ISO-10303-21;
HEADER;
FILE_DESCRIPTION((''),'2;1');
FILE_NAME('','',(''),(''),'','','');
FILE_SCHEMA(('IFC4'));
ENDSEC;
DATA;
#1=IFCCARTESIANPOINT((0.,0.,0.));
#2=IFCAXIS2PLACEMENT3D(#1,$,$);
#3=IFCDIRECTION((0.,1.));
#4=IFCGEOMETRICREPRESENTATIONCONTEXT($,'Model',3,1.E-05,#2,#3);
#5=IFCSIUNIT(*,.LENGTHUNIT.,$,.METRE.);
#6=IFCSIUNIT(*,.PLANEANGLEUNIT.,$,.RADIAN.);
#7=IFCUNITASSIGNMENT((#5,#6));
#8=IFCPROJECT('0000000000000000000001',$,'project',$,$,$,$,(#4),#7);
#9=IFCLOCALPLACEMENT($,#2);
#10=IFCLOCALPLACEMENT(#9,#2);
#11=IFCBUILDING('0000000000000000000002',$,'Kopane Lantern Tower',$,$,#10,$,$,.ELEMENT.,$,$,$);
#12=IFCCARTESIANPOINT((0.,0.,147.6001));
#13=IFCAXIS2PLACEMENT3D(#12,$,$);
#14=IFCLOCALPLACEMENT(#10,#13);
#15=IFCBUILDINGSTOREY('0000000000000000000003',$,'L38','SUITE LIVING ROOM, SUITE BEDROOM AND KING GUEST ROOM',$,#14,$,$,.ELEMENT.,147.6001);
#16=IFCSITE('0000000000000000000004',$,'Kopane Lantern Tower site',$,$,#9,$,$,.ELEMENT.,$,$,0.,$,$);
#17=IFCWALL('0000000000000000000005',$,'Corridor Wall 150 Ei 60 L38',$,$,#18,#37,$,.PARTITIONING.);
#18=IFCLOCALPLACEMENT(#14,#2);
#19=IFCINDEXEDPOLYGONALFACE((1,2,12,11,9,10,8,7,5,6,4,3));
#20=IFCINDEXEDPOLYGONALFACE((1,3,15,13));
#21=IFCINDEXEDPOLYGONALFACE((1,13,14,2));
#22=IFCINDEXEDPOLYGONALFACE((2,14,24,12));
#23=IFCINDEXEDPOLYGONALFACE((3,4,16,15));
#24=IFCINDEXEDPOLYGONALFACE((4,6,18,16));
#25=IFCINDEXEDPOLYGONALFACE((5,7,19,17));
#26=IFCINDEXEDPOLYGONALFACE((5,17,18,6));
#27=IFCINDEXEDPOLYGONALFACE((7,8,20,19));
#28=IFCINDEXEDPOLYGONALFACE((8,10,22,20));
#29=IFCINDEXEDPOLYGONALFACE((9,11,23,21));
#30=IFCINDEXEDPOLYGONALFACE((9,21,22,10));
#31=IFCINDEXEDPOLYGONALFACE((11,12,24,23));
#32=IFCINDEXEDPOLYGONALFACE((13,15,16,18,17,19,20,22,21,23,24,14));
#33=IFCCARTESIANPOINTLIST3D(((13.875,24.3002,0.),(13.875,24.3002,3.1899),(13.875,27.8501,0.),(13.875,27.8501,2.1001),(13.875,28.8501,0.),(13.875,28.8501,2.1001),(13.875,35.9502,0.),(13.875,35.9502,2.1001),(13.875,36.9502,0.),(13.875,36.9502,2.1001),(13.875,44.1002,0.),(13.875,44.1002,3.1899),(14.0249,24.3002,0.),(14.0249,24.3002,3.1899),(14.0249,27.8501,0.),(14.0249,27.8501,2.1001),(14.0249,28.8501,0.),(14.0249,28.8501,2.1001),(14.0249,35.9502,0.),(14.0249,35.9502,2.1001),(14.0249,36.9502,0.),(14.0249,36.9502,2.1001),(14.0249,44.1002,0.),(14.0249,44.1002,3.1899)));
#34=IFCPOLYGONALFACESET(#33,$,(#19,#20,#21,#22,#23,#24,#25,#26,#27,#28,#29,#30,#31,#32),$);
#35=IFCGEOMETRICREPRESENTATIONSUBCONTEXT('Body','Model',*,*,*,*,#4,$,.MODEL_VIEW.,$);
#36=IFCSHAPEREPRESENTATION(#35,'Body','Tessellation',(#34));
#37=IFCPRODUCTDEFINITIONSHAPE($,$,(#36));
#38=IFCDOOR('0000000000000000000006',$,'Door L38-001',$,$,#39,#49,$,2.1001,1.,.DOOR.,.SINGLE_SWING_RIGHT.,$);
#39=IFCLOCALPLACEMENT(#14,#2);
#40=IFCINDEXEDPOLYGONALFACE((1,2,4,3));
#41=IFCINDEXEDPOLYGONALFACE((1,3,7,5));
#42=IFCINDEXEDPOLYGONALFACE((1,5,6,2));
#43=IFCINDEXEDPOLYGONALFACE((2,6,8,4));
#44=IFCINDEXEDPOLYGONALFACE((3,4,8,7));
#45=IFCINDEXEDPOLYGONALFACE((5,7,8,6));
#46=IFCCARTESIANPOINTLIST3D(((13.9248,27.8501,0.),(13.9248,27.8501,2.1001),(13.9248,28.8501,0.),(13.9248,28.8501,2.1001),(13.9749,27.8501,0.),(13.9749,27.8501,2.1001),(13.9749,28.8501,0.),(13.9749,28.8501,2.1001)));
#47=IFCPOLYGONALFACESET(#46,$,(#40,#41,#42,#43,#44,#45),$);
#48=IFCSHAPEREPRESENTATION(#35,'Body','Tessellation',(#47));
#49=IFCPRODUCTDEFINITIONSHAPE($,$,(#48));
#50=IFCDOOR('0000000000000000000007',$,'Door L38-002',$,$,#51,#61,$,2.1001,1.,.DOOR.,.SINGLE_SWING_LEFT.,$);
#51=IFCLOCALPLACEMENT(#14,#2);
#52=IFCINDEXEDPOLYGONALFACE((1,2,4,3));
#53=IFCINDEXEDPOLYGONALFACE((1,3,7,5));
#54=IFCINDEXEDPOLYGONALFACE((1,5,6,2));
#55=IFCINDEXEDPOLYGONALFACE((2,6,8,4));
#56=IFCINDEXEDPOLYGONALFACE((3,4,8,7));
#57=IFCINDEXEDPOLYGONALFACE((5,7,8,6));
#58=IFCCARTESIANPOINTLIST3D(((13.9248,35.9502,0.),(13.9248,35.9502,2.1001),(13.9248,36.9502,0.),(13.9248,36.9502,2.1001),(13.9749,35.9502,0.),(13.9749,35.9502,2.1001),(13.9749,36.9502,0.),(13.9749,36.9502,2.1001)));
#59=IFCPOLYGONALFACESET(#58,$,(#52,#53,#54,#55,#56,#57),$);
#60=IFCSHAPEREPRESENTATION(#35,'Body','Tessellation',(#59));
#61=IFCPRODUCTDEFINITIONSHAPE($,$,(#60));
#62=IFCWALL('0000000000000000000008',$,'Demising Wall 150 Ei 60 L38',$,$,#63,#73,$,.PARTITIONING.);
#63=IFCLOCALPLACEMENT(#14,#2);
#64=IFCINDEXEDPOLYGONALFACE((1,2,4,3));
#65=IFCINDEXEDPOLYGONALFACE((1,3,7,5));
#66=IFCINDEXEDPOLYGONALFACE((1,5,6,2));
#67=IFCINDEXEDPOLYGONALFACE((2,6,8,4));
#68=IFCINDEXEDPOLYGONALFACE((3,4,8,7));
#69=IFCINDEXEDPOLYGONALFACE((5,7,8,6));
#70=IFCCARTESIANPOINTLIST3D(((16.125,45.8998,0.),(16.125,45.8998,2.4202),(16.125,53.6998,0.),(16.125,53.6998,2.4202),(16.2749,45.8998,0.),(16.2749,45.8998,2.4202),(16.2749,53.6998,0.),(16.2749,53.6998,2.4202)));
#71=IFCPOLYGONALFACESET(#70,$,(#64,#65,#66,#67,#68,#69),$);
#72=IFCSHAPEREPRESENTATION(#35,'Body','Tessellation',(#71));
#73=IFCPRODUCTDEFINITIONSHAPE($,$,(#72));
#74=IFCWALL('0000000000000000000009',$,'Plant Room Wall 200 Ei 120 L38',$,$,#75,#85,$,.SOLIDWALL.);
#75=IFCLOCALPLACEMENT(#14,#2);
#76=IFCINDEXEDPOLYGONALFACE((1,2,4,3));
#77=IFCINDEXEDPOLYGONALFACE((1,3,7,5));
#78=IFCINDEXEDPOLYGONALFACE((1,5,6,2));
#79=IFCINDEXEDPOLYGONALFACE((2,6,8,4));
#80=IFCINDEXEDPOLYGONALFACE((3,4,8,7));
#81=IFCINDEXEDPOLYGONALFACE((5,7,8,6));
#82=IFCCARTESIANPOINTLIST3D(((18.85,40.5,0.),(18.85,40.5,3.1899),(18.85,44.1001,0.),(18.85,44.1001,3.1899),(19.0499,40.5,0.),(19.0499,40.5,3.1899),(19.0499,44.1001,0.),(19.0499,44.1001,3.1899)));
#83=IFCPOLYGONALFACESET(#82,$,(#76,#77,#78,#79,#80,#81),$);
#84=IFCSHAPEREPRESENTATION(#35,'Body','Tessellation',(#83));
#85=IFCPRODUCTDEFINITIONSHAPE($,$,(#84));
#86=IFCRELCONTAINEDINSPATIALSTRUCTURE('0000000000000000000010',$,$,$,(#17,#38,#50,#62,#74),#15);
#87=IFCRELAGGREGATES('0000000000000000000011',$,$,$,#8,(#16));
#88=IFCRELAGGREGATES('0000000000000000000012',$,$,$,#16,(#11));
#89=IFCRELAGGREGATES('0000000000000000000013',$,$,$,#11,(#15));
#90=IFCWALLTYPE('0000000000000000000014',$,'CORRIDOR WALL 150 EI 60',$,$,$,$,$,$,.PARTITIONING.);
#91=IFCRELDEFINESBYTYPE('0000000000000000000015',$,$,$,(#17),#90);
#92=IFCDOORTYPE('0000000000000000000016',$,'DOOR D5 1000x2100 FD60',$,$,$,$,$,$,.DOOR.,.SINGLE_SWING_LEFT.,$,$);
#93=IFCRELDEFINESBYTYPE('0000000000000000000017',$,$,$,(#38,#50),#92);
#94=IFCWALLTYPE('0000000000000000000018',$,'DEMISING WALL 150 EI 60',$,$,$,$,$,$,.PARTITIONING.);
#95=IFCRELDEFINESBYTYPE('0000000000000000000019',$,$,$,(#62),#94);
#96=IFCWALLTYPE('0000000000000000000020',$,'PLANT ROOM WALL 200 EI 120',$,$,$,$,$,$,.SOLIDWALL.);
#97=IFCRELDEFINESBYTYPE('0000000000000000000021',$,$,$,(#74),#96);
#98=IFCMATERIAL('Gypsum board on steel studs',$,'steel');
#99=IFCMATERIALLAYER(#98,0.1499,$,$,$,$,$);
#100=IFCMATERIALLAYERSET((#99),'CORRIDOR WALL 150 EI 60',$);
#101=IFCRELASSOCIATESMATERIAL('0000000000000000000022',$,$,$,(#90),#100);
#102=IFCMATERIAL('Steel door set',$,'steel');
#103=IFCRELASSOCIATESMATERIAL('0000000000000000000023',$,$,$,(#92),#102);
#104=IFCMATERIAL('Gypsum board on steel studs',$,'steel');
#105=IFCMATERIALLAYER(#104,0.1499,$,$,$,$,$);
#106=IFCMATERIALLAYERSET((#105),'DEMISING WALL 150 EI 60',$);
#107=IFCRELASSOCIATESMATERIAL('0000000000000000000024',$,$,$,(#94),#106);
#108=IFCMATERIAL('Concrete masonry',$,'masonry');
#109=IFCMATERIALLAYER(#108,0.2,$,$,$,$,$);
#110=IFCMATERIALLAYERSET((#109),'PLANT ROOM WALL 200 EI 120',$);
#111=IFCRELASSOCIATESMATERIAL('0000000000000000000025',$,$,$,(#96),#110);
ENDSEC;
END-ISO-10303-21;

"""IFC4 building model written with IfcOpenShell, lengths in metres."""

from ifc_helpers import new_model, si_unit, direction, frame, frame_2d, origin, place, context, subcontext, project, spatial, rectangle, extrude, material, layer, layer_set, type_object, element, fill, save


model = new_model("IFC4")

# Units and contexts
model_context = context("Model", 3, precision=1e-05, world=origin(), true_north=direction((0.0, 1.0)))
body_context = subcontext(model_context, "Body", "Model", "MODEL_VIEW")
ifc_project = project(units=[si_unit("LENGTHUNIT", "METRE"), si_unit("PLANEANGLEUNIT", "RADIAN")], contexts=[model_context])

# Site, building, storey
site_placement = place(None, origin())
site = spatial("IfcSite", under=ifc_project, at=site_placement, Name="Kopane Lantern Tower site", CompositionType="ELEMENT", RefElevation=0.0)
building_placement = place(site_placement, origin())
building = spatial("IfcBuilding", under=site, at=building_placement, Name="Kopane Lantern Tower", CompositionType="ELEMENT")
storey_placement = place(building_placement, frame((0.0, 0.0, 147.6001)))
storey = spatial("IfcBuildingStorey", under=building, at=storey_placement, Name="L38", Description="SUITE LIVING ROOM, SUITE BEDROOM AND KING GUEST ROOM", CompositionType="ELEMENT", Elevation=147.6001)

# Wall, openings, doors
ifc_material_1 = material(Name="Gypsum board on steel studs", Category="steel")
ifc_layer_1 = layer(ifc_material_1, 0.1499)
ifc_layer_set_1 = layer_set([ifc_layer_1], Name="CORRIDOR WALL 150 EI 60")
wall_type_1 = type_object("IfcWallType", Name="CORRIDOR WALL 150 EI 60", PredefinedType="PARTITIONING", material=ifc_layer_set_1)
wall_1_placement = place(storey_placement, frame((13.95, 44.1001, 0.0), z_axis=(0.0, 0.0, 1.0), x_axis=(0.0, -1.0, 0.0)))
wall_1 = element("IfcWall", 1, at=wall_1_placement, inside=storey, type_object=wall_type_1, Name="Corridor Wall 150 Ei 60 L38", PredefinedType="PARTITIONING", context=body_context, shape_type="SweptSolid", body=[
    extrude(rectangle(XDim=19.8, YDim=0.1499, at=frame_2d((9.8999, 0.0))), origin(), (0.0, 0.0, 1.0), 3.1899),
])
opening_1_placement = place(wall_1_placement, frame((15.25, 0.0, 0.0)))
opening_1 = element("IfcOpeningElement", 2, at=opening_1_placement, cuts=wall_1, PredefinedType="OPENING", context=body_context, shape_type="SweptSolid", body=[
    extrude(rectangle(XDim=1.0, YDim=2.1001, at=frame_2d((0.5, 1.05))), frame((0.0, 0.085, 0.0), z_axis=(0.0, -1.0, 0.0), x_axis=(1.0, 0.0, 0.0)), (0.0, 0.0, 1.0), 0.1699),
])
opening_2_placement = place(wall_1_placement, frame((7.1499, 0.0, 0.0)))
opening_2 = element("IfcOpeningElement", 3, at=opening_2_placement, cuts=wall_1, PredefinedType="OPENING", context=body_context, shape_type="SweptSolid", body=[
    extrude(rectangle(XDim=1.0, YDim=2.1001, at=frame_2d((0.5, 1.05))), frame((0.0, 0.085, 0.0), z_axis=(0.0, -1.0, 0.0), x_axis=(1.0, 0.0, 0.0)), (0.0, 0.0, 1.0), 0.1699),
])
ifc_material_2 = material(Name="Steel door set", Category="steel")
door_type_1 = type_object("IfcDoorType", Name="DOOR D5 1000x2100 FD60", OperationType="SINGLE_SWING_LEFT", PredefinedType="DOOR", material=ifc_material_2)
door_1_placement = place(opening_1_placement, origin())
door_1 = element("IfcDoor", 4, at=door_1_placement, inside=storey, type_object=door_type_1, Name="Door L38-001", OperationType="SINGLE_SWING_RIGHT", OverallHeight=2.1001, OverallWidth=1.0, PredefinedType="DOOR", context=body_context, shape_type="SweptSolid", body=[
    extrude(rectangle(XDim=1.0, YDim=2.1001, at=frame_2d((0.5, 1.05))), frame((0.0, 0.0249, 0.0), z_axis=(0.0, -1.0, 0.0), x_axis=(1.0, 0.0, 0.0)), (0.0, 0.0, 1.0), 0.05),
])
fill(opening_1, door_1)
door_2_placement = place(opening_2_placement, origin())
door_2 = element("IfcDoor", 5, at=door_2_placement, inside=storey, type_object=door_type_1, Name="Door L38-002", OperationType="SINGLE_SWING_LEFT", OverallHeight=2.1001, OverallWidth=1.0, PredefinedType="DOOR", context=body_context, shape_type="SweptSolid", body=[
    extrude(rectangle(XDim=1.0, YDim=2.1001, at=frame_2d((0.5, 1.05))), frame((0.0, 0.0249, 0.0), z_axis=(0.0, -1.0, 0.0), x_axis=(1.0, 0.0, 0.0)), (0.0, 0.0, 1.0), 0.05),
])
fill(opening_2, door_2)

# Walls
ifc_material_3 = material(Name="Gypsum board on steel studs", Category="steel")
ifc_layer_2 = layer(ifc_material_3, 0.1499)
ifc_layer_set_2 = layer_set([ifc_layer_2], Name="DEMISING WALL 150 EI 60")
wall_type_2 = type_object("IfcWallType", Name="DEMISING WALL 150 EI 60", PredefinedType="PARTITIONING", material=ifc_layer_set_2)
wall_2_placement = place(storey_placement, frame((16.2, 45.8999, 0.0), z_axis=(0.0, 0.0, 1.0), x_axis=(0.0, 1.0, 0.0)))
element("IfcWall", 6, at=wall_2_placement, inside=storey, type_object=wall_type_2, Name="Demising Wall 150 Ei 60 L38", PredefinedType="PARTITIONING", context=body_context, shape_type="SweptSolid", body=[
    extrude(rectangle(XDim=7.8, YDim=0.1499, at=frame_2d((3.8999, 0.0))), origin(), (0.0, 0.0, 1.0), 2.4202),
])
ifc_material_4 = material(Name="Concrete masonry", Category="masonry")
ifc_layer_3 = layer(ifc_material_4, 0.2)
ifc_layer_set_3 = layer_set([ifc_layer_3], Name="PLANT ROOM WALL 200 EI 120")
wall_type_3 = type_object("IfcWallType", Name="PLANT ROOM WALL 200 EI 120", PredefinedType="SOLIDWALL", material=ifc_layer_set_3)
wall_3_placement = place(storey_placement, frame((18.95, 44.1001, 0.0), z_axis=(0.0, 0.0, 1.0), x_axis=(0.0, -1.0, 0.0)))
element("IfcWall", 7, at=wall_3_placement, inside=storey, type_object=wall_type_3, Name="Plant Room Wall 200 Ei 120 L38", PredefinedType="SOLIDWALL", context=body_context, shape_type="SweptSolid", body=[
    extrude(rectangle(XDim=3.6001, YDim=0.2, at=frame_2d((1.8, 0.0))), origin(), (0.0, 0.0, 1.0), 3.1899),
])

save(model, "model.ifc")
